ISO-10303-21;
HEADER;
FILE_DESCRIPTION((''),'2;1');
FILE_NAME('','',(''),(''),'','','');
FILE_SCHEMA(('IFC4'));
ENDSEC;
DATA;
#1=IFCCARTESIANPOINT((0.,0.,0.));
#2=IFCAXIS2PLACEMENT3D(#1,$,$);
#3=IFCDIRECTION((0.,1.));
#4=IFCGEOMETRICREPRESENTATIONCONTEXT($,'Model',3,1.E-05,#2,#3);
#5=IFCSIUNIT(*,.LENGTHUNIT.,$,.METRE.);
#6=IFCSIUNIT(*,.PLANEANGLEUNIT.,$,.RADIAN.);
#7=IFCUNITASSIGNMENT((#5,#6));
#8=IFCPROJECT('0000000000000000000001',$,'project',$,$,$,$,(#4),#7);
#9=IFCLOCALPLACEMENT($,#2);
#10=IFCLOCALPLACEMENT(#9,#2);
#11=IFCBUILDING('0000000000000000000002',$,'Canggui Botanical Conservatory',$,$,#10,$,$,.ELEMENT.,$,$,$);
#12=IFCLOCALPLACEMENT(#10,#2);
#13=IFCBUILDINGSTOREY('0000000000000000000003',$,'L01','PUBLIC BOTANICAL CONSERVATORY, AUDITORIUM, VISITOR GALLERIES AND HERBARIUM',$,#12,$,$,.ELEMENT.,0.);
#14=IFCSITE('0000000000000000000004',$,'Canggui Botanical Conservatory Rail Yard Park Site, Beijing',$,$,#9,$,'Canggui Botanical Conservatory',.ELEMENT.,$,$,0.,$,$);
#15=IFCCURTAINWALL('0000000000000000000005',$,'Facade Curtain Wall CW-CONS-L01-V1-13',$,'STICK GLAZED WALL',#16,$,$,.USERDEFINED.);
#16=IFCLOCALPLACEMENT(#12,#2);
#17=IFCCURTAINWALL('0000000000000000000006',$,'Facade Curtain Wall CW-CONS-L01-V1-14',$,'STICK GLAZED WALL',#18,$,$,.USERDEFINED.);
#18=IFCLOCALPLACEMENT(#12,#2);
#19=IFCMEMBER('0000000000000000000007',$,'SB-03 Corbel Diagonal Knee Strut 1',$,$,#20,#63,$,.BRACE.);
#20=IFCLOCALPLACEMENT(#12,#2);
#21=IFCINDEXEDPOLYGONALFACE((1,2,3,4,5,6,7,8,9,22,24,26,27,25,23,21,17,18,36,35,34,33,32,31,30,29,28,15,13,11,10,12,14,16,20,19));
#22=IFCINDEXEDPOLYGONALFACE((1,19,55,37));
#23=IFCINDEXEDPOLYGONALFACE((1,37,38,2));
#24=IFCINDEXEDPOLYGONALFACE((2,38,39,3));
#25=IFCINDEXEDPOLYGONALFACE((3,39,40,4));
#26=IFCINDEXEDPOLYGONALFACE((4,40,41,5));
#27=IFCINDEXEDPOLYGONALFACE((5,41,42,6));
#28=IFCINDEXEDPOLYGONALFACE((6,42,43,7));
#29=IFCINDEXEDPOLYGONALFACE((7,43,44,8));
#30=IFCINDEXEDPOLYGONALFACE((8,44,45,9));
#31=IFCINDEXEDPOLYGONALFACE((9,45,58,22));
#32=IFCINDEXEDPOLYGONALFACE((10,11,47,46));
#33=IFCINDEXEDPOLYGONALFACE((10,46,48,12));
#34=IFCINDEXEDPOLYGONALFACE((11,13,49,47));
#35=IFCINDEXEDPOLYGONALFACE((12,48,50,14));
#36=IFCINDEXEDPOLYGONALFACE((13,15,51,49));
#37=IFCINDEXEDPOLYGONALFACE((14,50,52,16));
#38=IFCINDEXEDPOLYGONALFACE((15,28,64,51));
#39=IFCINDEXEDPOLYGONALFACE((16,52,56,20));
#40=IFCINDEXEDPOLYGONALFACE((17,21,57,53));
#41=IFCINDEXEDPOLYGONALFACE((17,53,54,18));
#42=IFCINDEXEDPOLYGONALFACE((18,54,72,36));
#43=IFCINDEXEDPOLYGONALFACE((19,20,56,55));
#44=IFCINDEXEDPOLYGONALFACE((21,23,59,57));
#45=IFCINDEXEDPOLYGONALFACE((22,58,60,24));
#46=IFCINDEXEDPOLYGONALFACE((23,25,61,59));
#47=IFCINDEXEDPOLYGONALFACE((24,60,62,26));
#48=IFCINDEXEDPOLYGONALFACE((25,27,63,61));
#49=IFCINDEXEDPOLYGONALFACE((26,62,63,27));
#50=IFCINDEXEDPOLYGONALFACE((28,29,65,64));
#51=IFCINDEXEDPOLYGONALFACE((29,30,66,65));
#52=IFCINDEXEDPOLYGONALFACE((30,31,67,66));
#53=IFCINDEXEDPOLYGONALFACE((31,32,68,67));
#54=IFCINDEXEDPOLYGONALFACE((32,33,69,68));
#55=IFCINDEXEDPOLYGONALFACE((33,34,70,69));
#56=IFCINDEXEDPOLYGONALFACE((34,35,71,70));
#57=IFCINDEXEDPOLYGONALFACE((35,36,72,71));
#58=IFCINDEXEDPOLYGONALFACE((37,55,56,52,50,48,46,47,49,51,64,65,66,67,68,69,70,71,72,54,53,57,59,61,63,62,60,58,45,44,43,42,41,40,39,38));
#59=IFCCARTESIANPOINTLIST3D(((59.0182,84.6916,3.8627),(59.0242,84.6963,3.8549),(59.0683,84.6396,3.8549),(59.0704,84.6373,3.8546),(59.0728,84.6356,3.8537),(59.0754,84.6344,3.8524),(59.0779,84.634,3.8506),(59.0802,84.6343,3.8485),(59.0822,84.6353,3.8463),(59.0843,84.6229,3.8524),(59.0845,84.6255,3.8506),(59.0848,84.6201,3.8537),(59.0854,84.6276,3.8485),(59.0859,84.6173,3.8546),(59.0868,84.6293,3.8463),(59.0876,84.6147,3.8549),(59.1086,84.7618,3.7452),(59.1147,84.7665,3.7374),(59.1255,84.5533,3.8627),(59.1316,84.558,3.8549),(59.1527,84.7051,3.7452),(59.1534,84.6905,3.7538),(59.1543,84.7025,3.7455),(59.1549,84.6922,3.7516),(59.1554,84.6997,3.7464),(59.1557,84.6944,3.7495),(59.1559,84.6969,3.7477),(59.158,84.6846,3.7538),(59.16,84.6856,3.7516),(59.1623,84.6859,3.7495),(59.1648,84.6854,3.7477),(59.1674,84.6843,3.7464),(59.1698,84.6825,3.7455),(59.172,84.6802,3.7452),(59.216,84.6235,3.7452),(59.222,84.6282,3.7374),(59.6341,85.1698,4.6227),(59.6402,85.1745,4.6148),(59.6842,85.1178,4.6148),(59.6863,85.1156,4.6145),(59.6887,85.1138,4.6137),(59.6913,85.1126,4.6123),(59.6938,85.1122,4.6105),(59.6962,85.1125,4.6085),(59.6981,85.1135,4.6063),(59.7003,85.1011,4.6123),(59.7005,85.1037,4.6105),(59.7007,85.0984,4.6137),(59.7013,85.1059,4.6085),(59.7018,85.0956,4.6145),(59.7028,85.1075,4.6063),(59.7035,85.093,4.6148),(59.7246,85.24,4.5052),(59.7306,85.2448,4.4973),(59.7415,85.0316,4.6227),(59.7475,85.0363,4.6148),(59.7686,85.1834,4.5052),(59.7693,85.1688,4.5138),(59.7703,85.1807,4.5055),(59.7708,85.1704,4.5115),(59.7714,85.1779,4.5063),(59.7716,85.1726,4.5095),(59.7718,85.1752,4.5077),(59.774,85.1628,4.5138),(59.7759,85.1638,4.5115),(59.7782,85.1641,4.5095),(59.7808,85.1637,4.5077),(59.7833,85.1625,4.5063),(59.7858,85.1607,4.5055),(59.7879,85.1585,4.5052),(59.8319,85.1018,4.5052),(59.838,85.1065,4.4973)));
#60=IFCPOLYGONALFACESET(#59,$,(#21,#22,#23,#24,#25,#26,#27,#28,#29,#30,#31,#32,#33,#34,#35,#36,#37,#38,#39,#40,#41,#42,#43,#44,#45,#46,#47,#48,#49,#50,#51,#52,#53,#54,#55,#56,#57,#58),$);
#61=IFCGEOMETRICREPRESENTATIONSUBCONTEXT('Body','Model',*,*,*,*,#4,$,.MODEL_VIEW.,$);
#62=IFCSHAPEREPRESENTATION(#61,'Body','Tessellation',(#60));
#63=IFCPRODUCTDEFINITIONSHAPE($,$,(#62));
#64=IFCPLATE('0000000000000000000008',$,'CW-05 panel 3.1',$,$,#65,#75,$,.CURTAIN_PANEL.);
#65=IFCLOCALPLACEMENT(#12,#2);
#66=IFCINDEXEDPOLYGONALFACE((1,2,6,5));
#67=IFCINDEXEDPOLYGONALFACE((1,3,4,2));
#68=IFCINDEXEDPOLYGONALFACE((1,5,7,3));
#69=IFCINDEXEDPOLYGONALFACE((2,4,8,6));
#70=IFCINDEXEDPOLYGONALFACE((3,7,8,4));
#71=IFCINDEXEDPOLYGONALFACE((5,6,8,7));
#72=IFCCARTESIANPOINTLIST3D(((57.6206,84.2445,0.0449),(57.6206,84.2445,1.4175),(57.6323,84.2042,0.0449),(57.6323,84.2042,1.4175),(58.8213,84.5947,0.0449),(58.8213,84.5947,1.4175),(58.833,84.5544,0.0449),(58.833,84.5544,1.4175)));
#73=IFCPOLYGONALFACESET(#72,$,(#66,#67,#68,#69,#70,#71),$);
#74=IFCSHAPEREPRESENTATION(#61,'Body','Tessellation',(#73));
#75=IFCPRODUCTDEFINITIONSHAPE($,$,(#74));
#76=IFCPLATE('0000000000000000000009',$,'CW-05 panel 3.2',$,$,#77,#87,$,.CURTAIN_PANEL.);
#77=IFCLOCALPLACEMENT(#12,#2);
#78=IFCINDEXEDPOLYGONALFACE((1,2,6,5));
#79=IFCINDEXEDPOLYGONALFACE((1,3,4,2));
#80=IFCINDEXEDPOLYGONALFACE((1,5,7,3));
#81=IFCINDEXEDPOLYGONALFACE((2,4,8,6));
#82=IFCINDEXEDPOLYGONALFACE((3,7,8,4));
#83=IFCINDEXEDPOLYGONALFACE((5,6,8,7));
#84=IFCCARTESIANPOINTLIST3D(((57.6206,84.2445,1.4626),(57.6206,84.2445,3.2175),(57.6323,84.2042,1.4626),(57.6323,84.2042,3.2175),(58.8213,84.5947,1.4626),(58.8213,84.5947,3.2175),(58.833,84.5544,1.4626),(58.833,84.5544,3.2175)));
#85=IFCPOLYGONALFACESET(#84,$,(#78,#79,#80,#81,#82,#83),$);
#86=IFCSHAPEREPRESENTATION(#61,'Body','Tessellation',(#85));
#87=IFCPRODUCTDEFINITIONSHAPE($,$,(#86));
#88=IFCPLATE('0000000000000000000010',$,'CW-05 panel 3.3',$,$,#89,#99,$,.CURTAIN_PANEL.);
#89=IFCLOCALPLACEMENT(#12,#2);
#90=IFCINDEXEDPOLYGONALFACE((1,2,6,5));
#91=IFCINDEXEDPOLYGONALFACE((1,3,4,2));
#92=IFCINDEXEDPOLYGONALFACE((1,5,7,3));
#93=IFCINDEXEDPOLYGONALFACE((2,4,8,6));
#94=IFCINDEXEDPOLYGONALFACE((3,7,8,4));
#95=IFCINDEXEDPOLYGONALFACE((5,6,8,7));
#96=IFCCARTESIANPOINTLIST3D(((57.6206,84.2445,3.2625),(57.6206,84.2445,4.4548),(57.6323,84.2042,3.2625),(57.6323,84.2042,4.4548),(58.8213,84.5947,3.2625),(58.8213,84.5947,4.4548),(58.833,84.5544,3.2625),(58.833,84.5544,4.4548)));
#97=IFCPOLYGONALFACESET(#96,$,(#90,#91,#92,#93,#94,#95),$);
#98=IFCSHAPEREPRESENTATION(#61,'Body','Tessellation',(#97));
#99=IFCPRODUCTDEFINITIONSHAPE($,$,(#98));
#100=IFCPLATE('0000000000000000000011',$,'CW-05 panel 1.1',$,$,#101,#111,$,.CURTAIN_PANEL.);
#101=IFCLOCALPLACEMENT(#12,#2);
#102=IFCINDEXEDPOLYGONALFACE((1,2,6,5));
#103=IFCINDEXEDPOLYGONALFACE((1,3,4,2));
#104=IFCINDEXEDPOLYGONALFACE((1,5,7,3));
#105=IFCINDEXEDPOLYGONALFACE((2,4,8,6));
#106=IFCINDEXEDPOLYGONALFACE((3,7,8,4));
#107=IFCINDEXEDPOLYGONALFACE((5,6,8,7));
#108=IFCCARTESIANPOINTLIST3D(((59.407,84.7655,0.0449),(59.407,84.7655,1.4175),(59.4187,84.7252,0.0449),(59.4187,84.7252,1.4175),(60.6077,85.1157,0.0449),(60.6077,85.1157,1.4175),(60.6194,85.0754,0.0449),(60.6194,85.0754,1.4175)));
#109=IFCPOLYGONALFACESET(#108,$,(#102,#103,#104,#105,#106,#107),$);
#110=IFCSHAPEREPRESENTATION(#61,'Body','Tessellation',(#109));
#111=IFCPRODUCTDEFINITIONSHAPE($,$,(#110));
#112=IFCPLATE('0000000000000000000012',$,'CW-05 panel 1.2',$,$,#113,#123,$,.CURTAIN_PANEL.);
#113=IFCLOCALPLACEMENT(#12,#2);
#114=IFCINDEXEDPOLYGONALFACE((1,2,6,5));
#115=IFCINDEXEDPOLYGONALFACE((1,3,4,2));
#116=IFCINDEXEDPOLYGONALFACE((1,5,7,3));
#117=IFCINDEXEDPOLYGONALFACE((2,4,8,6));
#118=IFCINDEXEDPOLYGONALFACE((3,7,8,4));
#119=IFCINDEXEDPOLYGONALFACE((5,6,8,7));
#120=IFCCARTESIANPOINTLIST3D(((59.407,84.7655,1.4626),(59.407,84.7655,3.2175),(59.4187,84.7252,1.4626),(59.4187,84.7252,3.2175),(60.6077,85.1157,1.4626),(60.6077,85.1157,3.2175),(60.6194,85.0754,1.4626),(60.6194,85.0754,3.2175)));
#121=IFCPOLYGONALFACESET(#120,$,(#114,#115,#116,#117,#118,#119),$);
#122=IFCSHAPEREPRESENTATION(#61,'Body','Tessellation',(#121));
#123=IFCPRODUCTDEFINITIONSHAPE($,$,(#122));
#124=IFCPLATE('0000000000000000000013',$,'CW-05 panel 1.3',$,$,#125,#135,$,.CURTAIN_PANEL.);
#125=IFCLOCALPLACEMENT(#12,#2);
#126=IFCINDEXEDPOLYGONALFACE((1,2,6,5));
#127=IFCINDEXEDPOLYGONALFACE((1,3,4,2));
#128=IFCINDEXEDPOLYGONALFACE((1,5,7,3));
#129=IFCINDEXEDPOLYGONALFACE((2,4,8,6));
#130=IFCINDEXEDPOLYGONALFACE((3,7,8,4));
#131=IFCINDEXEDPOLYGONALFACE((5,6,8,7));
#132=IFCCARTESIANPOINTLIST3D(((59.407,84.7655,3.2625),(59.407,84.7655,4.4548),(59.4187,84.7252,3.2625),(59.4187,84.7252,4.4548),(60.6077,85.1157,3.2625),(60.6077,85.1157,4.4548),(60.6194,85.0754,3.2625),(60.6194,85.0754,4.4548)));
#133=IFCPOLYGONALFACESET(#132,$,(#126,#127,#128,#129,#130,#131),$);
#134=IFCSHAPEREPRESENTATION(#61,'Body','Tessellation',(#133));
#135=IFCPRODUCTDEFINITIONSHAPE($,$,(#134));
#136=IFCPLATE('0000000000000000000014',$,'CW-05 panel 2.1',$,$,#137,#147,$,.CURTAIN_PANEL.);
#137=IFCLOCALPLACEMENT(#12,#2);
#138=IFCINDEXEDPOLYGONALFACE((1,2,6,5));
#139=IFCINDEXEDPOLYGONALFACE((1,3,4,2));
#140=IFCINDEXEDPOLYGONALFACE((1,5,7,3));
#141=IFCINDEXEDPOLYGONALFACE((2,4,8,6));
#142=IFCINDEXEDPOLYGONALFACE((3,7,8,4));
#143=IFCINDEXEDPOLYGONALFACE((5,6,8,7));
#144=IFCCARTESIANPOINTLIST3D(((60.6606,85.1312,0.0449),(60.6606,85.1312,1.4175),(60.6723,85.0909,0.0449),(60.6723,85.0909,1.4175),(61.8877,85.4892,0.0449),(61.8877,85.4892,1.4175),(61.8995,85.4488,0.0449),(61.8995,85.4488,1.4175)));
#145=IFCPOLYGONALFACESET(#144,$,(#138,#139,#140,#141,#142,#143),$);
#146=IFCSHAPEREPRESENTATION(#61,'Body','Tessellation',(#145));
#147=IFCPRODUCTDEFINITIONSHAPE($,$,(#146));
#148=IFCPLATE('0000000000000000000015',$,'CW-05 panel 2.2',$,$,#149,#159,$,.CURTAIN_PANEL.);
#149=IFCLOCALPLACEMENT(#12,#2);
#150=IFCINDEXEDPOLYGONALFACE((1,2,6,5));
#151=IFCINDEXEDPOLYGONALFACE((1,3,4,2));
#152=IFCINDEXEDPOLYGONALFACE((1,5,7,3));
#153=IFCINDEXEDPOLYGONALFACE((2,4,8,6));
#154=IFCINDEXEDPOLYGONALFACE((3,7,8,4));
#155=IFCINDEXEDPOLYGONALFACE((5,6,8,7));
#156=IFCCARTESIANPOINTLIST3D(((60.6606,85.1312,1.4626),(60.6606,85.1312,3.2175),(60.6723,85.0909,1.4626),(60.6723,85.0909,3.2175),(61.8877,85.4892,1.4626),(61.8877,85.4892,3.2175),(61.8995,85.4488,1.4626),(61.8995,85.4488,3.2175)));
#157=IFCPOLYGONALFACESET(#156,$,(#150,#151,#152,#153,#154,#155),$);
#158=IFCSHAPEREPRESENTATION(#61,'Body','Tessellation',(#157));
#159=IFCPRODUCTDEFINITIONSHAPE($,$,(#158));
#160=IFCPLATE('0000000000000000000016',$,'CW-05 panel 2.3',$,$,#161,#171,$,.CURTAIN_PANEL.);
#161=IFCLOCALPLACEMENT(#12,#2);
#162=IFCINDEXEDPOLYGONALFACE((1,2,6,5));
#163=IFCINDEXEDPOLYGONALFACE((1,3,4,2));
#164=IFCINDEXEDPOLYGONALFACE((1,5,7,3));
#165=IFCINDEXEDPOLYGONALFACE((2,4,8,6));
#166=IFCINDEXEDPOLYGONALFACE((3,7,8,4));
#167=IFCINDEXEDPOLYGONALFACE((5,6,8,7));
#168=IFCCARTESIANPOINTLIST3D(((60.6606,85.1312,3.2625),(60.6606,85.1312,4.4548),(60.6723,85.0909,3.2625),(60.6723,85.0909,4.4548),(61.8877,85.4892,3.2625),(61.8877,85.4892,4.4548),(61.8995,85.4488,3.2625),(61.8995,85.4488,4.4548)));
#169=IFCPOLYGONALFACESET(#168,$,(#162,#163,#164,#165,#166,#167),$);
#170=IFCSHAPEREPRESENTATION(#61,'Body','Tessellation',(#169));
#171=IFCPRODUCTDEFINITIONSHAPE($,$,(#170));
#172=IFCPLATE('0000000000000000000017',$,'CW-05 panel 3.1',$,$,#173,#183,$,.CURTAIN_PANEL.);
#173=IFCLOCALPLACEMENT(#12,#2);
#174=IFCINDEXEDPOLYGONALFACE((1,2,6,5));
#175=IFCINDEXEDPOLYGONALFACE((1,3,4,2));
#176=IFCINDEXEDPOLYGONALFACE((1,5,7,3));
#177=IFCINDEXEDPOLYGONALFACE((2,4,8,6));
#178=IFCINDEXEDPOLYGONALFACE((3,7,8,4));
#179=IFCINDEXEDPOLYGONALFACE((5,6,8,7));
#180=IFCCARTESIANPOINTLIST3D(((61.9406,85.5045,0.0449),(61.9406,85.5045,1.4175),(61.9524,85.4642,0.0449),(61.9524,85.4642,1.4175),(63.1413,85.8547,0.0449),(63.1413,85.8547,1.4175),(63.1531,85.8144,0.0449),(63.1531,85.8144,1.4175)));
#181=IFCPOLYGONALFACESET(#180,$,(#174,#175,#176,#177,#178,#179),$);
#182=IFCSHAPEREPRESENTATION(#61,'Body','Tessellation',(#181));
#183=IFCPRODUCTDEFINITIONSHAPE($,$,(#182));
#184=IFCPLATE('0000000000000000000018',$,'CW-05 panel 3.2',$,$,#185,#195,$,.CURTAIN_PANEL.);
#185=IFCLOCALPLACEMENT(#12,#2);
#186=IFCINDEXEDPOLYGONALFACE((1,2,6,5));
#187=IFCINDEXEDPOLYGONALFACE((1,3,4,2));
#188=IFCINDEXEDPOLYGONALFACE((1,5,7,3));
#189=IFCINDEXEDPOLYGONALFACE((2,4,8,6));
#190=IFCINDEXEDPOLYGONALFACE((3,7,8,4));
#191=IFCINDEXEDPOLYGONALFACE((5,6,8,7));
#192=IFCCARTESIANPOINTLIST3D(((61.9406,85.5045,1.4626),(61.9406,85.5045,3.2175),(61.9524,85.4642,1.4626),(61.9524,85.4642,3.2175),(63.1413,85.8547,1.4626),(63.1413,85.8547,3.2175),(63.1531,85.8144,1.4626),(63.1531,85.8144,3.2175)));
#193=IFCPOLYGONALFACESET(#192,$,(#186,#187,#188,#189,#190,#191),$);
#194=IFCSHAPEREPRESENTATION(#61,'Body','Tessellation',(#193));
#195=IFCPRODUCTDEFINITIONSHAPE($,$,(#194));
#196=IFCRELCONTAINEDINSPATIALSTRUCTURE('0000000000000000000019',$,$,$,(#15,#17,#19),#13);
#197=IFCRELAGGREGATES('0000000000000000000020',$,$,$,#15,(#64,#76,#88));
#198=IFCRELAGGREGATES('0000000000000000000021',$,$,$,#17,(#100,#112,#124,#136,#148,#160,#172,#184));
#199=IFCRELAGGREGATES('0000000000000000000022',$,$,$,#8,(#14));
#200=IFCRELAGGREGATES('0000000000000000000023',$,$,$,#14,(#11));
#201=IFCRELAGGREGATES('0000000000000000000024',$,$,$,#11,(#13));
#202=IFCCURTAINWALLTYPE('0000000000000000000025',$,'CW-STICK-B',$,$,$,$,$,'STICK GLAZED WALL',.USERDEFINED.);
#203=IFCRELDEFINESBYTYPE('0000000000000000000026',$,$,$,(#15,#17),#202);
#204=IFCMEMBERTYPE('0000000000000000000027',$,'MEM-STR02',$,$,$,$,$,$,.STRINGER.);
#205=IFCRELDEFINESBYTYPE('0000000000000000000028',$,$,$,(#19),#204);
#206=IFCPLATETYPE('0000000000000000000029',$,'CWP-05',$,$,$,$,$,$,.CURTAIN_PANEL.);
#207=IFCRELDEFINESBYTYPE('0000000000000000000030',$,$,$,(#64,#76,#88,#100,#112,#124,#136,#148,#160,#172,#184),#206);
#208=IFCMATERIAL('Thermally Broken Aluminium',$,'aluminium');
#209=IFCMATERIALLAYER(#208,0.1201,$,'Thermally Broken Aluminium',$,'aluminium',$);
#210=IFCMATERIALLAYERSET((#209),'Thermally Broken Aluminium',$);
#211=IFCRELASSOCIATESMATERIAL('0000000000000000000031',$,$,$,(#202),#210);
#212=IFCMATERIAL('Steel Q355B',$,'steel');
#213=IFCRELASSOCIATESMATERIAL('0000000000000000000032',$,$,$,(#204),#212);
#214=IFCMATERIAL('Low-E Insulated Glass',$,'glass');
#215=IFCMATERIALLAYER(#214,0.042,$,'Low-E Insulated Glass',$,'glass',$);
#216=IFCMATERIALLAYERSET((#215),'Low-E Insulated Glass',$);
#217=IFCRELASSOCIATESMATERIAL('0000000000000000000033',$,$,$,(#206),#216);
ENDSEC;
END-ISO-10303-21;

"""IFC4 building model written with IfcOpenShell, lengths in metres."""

from ifc_helpers import new_model, si_unit, direction, frame, origin, origin_2d, place, context, subcontext, project, spatial, rectangle, i_section, extrude, material, layer, layer_set, material_profile, profile_set, type_object, element, aggregate, save


model = new_model("IFC4")

# Units and contexts
model_context = context("Model", 3, precision=1e-05, world=origin(), true_north=direction((0.0, 1.0)))
body_context = subcontext(model_context, "Body", "Model", "MODEL_VIEW")
ifc_project = project(units=[si_unit("LENGTHUNIT", "METRE"), si_unit("PLANEANGLEUNIT", "RADIAN")], contexts=[model_context])

# Site, building, storey
site_placement = place(None, origin())
site = spatial("IfcSite", under=ifc_project, at=site_placement, Name="Canggui Botanical Conservatory Rail Yard Park Site, Beijing", LongName="Canggui Botanical Conservatory", CompositionType="ELEMENT", RefElevation=0.0)
building_placement = place(site_placement, origin())
building = spatial("IfcBuilding", under=site, at=building_placement, Name="Canggui Botanical Conservatory", CompositionType="ELEMENT")
storey_placement = place(building_placement, origin())
storey = spatial("IfcBuildingStorey", under=building, at=storey_placement, Name="L01", Description="PUBLIC BOTANICAL CONSERVATORY, AUDITORIUM, VISITOR GALLERIES AND HERBARIUM", CompositionType="ELEMENT", Elevation=0.0)

# Shared definitions
ifc_material_1 = material(Name="Steel Q355B", Category="steel")

# Curtain wall
ifc_material_2 = material(Name="Thermally Broken Aluminium", Category="aluminium")
ifc_layer_1 = layer(ifc_material_2, 0.1201, Name="Thermally Broken Aluminium", Category="aluminium")
ifc_layer_set_1 = layer_set([ifc_layer_1], Name="Thermally Broken Aluminium")
curtain_wall_type = type_object("IfcCurtainWallType", Name="CW-STICK-B", ElementType="STICK GLAZED WALL", PredefinedType="USERDEFINED", material=ifc_layer_set_1)
curtain_wall_1_placement = place(storey_placement, origin())
curtain_wall_1 = element("IfcCurtainWall", 1, at=curtain_wall_1_placement, inside=storey, type_object=curtain_wall_type, Name="Facade Curtain Wall CW-CONS-L01-V1-13", ObjectType="STICK GLAZED WALL", PredefinedType="USERDEFINED")

# Curtain wall
curtain_wall_2_placement = place(storey_placement, origin())
curtain_wall_2 = element("IfcCurtainWall", 2, at=curtain_wall_2_placement, inside=storey, type_object=curtain_wall_type, Name="Facade Curtain Wall CW-CONS-L01-V1-14", ObjectType="STICK GLAZED WALL", PredefinedType="USERDEFINED")

# Member
ifc_material_profile_1 = material_profile(ifc_material_1, i_section(OverallWidth=0.175, OverallDepth=0.175, WebThickness=0.0076, FlangeThickness=0.011, FilletRadius=0.012, at=origin_2d()), Name="HW 175x175x7.5x11")
ifc_profile_set_1 = profile_set([ifc_material_profile_1], Name="Steel Q355B")
member_type_1 = type_object("IfcMemberType", Name="MEM-STR02", PredefinedType="STRINGER", material=ifc_profile_set_1)
member_1_placement = place(storey_placement, frame((59.1201, 84.6599, 3.8), z_axis=(0.565661, 0.439211, 0.69794), x_axis=(-0.61329, 0.789858, 0.0)))
element("IfcMember", 3, at=member_1_placement, inside=storey, type_object=member_type_1, Name="SB-03 Corbel Diagonal Knee Strut 1", PredefinedType="BRACE", context=body_context, shape_type="SweptSolid", body=[
    extrude(i_section(OverallWidth=0.175, OverallDepth=0.175, WebThickness=0.0076, FlangeThickness=0.011, FilletRadius=0.012, at=origin_2d()), origin(), (0.0, 0.0, 1.0), 1.0889),
])

# Plates
ifc_material_3 = material(Name="Low-E Insulated Glass", Category="glass")
ifc_layer_2 = layer(ifc_material_3, 0.042, Name="Low-E Insulated Glass", Category="glass")
ifc_layer_set_2 = layer_set([ifc_layer_2], Name="Low-E Insulated Glass")
plate_type_1 = type_object("IfcPlateType", Name="CWP-05", PredefinedType="CURTAIN_PANEL", material=ifc_layer_set_2)
plate_1_placement = place(storey_placement, frame((58.2268, 84.3994, 0.0449), z_axis=(0.0, 0.0, 1.0), x_axis=(0.96, 0.28, 0.0)))
plate_1 = element("IfcPlate", 4, at=plate_1_placement, type_object=plate_type_1, Name="CW-05 panel 3.1", PredefinedType="CURTAIN_PANEL", context=body_context, shape_type="SweptSolid", body=[
    extrude(rectangle(XDim=1.2507, YDim=0.042, at=origin_2d()), origin(), (0.0, 0.0, 1.0), 1.3726),
])
plate_2_placement = place(storey_placement, frame((58.2268, 84.3994, 1.4626), z_axis=(0.0, 0.0, 1.0), x_axis=(0.96, 0.28, 0.0)))
plate_2 = element("IfcPlate", 5, at=plate_2_placement, type_object=plate_type_1, Name="CW-05 panel 3.2", PredefinedType="CURTAIN_PANEL", context=body_context, shape_type="SweptSolid", body=[
    extrude(rectangle(XDim=1.2507, YDim=0.042, at=origin_2d()), origin(), (0.0, 0.0, 1.0), 1.7549),
])
plate_3_placement = place(storey_placement, frame((58.2268, 84.3994, 3.2625), z_axis=(0.0, 0.0, 1.0), x_axis=(0.96, 0.28, 0.0)))
plate_3 = element("IfcPlate", 6, at=plate_3_placement, type_object=plate_type_1, Name="CW-05 panel 3.3", PredefinedType="CURTAIN_PANEL", context=body_context, shape_type="SweptSolid", body=[
    extrude(rectangle(XDim=1.2507, YDim=0.042, at=origin_2d()), origin(), (0.0, 0.0, 1.0), 1.1924),
])
aggregate(curtain_wall_1, [plate_1, plate_2, plate_3])
plate_4_placement = place(storey_placement, frame((60.0132, 84.9204, 0.0449), z_axis=(0.0, 0.0, 1.0), x_axis=(0.96, 0.28, 0.0)))
plate_4 = element("IfcPlate", 7, at=plate_4_placement, type_object=plate_type_1, Name="CW-05 panel 1.1", PredefinedType="CURTAIN_PANEL", context=body_context, shape_type="SweptSolid", body=[
    extrude(rectangle(XDim=1.2507, YDim=0.042, at=origin_2d()), origin(), (0.0, 0.0, 1.0), 1.3726),
])
plate_5_placement = place(storey_placement, frame((60.0132, 84.9204, 1.4626), z_axis=(0.0, 0.0, 1.0), x_axis=(0.96, 0.28, 0.0)))
plate_5 = element("IfcPlate", 8, at=plate_5_placement, type_object=plate_type_1, Name="CW-05 panel 1.2", PredefinedType="CURTAIN_PANEL", context=body_context, shape_type="SweptSolid", body=[
    extrude(rectangle(XDim=1.2507, YDim=0.042, at=origin_2d()), origin(), (0.0, 0.0, 1.0), 1.7549),
])
plate_6_placement = place(storey_placement, frame((60.0132, 84.9204, 3.2625), z_axis=(0.0, 0.0, 1.0), x_axis=(0.96, 0.28, 0.0)))
plate_6 = element("IfcPlate", 9, at=plate_6_placement, type_object=plate_type_1, Name="CW-05 panel 1.3", PredefinedType="CURTAIN_PANEL", context=body_context, shape_type="SweptSolid", body=[
    extrude(rectangle(XDim=1.2507, YDim=0.042, at=origin_2d()), origin(), (0.0, 0.0, 1.0), 1.1924),
])
plate_7_placement = place(storey_placement, frame((61.28, 85.29, 0.0449), z_axis=(0.0, 0.0, 1.0), x_axis=(0.96, 0.28, 0.0)))
plate_7 = element("IfcPlate", 10, at=plate_7_placement, type_object=plate_type_1, Name="CW-05 panel 2.1", PredefinedType="CURTAIN_PANEL", context=body_context, shape_type="SweptSolid", body=[
    extrude(rectangle(XDim=1.2783, YDim=0.042, at=origin_2d()), origin(), (0.0, 0.0, 1.0), 1.3726),
])
plate_8_placement = place(storey_placement, frame((61.28, 85.29, 1.4626), z_axis=(0.0, 0.0, 1.0), x_axis=(0.96, 0.28, 0.0)))
plate_8 = element("IfcPlate", 11, at=plate_8_placement, type_object=plate_type_1, Name="CW-05 panel 2.2", PredefinedType="CURTAIN_PANEL", context=body_context, shape_type="SweptSolid", body=[
    extrude(rectangle(XDim=1.2783, YDim=0.042, at=origin_2d()), origin(), (0.0, 0.0, 1.0), 1.7549),
])
plate_9_placement = place(storey_placement, frame((61.28, 85.29, 3.2625), z_axis=(0.0, 0.0, 1.0), x_axis=(0.96, 0.28, 0.0)))
plate_9 = element("IfcPlate", 12, at=plate_9_placement, type_object=plate_type_1, Name="CW-05 panel 2.3", PredefinedType="CURTAIN_PANEL", context=body_context, shape_type="SweptSolid", body=[
    extrude(rectangle(XDim=1.2783, YDim=0.042, at=origin_2d()), origin(), (0.0, 0.0, 1.0), 1.1924),
])
plate_10_placement = place(storey_placement, frame((62.5469, 85.6594, 0.0449), z_axis=(0.0, 0.0, 1.0), x_axis=(0.96, 0.28, 0.0)))
plate_10 = element("IfcPlate", 13, at=plate_10_placement, type_object=plate_type_1, Name="CW-05 panel 3.1", PredefinedType="CURTAIN_PANEL", context=body_context, shape_type="SweptSolid", body=[
    extrude(rectangle(XDim=1.2507, YDim=0.042, at=origin_2d()), origin(), (0.0, 0.0, 1.0), 1.3726),
])
plate_11_placement = place(storey_placement, frame((62.5469, 85.6594, 1.4626), z_axis=(0.0, 0.0, 1.0), x_axis=(0.96, 0.28, 0.0)))
plate_11 = element("IfcPlate", 14, at=plate_11_placement, type_object=plate_type_1, Name="CW-05 panel 3.2", PredefinedType="CURTAIN_PANEL", context=body_context, shape_type="SweptSolid", body=[
    extrude(rectangle(XDim=1.2507, YDim=0.042, at=origin_2d()), origin(), (0.0, 0.0, 1.0), 1.7549),
])
aggregate(curtain_wall_2, [plate_4, plate_5, plate_6, plate_7, plate_8, plate_9, plate_10, plate_11])

save(model, "model.ifc")
